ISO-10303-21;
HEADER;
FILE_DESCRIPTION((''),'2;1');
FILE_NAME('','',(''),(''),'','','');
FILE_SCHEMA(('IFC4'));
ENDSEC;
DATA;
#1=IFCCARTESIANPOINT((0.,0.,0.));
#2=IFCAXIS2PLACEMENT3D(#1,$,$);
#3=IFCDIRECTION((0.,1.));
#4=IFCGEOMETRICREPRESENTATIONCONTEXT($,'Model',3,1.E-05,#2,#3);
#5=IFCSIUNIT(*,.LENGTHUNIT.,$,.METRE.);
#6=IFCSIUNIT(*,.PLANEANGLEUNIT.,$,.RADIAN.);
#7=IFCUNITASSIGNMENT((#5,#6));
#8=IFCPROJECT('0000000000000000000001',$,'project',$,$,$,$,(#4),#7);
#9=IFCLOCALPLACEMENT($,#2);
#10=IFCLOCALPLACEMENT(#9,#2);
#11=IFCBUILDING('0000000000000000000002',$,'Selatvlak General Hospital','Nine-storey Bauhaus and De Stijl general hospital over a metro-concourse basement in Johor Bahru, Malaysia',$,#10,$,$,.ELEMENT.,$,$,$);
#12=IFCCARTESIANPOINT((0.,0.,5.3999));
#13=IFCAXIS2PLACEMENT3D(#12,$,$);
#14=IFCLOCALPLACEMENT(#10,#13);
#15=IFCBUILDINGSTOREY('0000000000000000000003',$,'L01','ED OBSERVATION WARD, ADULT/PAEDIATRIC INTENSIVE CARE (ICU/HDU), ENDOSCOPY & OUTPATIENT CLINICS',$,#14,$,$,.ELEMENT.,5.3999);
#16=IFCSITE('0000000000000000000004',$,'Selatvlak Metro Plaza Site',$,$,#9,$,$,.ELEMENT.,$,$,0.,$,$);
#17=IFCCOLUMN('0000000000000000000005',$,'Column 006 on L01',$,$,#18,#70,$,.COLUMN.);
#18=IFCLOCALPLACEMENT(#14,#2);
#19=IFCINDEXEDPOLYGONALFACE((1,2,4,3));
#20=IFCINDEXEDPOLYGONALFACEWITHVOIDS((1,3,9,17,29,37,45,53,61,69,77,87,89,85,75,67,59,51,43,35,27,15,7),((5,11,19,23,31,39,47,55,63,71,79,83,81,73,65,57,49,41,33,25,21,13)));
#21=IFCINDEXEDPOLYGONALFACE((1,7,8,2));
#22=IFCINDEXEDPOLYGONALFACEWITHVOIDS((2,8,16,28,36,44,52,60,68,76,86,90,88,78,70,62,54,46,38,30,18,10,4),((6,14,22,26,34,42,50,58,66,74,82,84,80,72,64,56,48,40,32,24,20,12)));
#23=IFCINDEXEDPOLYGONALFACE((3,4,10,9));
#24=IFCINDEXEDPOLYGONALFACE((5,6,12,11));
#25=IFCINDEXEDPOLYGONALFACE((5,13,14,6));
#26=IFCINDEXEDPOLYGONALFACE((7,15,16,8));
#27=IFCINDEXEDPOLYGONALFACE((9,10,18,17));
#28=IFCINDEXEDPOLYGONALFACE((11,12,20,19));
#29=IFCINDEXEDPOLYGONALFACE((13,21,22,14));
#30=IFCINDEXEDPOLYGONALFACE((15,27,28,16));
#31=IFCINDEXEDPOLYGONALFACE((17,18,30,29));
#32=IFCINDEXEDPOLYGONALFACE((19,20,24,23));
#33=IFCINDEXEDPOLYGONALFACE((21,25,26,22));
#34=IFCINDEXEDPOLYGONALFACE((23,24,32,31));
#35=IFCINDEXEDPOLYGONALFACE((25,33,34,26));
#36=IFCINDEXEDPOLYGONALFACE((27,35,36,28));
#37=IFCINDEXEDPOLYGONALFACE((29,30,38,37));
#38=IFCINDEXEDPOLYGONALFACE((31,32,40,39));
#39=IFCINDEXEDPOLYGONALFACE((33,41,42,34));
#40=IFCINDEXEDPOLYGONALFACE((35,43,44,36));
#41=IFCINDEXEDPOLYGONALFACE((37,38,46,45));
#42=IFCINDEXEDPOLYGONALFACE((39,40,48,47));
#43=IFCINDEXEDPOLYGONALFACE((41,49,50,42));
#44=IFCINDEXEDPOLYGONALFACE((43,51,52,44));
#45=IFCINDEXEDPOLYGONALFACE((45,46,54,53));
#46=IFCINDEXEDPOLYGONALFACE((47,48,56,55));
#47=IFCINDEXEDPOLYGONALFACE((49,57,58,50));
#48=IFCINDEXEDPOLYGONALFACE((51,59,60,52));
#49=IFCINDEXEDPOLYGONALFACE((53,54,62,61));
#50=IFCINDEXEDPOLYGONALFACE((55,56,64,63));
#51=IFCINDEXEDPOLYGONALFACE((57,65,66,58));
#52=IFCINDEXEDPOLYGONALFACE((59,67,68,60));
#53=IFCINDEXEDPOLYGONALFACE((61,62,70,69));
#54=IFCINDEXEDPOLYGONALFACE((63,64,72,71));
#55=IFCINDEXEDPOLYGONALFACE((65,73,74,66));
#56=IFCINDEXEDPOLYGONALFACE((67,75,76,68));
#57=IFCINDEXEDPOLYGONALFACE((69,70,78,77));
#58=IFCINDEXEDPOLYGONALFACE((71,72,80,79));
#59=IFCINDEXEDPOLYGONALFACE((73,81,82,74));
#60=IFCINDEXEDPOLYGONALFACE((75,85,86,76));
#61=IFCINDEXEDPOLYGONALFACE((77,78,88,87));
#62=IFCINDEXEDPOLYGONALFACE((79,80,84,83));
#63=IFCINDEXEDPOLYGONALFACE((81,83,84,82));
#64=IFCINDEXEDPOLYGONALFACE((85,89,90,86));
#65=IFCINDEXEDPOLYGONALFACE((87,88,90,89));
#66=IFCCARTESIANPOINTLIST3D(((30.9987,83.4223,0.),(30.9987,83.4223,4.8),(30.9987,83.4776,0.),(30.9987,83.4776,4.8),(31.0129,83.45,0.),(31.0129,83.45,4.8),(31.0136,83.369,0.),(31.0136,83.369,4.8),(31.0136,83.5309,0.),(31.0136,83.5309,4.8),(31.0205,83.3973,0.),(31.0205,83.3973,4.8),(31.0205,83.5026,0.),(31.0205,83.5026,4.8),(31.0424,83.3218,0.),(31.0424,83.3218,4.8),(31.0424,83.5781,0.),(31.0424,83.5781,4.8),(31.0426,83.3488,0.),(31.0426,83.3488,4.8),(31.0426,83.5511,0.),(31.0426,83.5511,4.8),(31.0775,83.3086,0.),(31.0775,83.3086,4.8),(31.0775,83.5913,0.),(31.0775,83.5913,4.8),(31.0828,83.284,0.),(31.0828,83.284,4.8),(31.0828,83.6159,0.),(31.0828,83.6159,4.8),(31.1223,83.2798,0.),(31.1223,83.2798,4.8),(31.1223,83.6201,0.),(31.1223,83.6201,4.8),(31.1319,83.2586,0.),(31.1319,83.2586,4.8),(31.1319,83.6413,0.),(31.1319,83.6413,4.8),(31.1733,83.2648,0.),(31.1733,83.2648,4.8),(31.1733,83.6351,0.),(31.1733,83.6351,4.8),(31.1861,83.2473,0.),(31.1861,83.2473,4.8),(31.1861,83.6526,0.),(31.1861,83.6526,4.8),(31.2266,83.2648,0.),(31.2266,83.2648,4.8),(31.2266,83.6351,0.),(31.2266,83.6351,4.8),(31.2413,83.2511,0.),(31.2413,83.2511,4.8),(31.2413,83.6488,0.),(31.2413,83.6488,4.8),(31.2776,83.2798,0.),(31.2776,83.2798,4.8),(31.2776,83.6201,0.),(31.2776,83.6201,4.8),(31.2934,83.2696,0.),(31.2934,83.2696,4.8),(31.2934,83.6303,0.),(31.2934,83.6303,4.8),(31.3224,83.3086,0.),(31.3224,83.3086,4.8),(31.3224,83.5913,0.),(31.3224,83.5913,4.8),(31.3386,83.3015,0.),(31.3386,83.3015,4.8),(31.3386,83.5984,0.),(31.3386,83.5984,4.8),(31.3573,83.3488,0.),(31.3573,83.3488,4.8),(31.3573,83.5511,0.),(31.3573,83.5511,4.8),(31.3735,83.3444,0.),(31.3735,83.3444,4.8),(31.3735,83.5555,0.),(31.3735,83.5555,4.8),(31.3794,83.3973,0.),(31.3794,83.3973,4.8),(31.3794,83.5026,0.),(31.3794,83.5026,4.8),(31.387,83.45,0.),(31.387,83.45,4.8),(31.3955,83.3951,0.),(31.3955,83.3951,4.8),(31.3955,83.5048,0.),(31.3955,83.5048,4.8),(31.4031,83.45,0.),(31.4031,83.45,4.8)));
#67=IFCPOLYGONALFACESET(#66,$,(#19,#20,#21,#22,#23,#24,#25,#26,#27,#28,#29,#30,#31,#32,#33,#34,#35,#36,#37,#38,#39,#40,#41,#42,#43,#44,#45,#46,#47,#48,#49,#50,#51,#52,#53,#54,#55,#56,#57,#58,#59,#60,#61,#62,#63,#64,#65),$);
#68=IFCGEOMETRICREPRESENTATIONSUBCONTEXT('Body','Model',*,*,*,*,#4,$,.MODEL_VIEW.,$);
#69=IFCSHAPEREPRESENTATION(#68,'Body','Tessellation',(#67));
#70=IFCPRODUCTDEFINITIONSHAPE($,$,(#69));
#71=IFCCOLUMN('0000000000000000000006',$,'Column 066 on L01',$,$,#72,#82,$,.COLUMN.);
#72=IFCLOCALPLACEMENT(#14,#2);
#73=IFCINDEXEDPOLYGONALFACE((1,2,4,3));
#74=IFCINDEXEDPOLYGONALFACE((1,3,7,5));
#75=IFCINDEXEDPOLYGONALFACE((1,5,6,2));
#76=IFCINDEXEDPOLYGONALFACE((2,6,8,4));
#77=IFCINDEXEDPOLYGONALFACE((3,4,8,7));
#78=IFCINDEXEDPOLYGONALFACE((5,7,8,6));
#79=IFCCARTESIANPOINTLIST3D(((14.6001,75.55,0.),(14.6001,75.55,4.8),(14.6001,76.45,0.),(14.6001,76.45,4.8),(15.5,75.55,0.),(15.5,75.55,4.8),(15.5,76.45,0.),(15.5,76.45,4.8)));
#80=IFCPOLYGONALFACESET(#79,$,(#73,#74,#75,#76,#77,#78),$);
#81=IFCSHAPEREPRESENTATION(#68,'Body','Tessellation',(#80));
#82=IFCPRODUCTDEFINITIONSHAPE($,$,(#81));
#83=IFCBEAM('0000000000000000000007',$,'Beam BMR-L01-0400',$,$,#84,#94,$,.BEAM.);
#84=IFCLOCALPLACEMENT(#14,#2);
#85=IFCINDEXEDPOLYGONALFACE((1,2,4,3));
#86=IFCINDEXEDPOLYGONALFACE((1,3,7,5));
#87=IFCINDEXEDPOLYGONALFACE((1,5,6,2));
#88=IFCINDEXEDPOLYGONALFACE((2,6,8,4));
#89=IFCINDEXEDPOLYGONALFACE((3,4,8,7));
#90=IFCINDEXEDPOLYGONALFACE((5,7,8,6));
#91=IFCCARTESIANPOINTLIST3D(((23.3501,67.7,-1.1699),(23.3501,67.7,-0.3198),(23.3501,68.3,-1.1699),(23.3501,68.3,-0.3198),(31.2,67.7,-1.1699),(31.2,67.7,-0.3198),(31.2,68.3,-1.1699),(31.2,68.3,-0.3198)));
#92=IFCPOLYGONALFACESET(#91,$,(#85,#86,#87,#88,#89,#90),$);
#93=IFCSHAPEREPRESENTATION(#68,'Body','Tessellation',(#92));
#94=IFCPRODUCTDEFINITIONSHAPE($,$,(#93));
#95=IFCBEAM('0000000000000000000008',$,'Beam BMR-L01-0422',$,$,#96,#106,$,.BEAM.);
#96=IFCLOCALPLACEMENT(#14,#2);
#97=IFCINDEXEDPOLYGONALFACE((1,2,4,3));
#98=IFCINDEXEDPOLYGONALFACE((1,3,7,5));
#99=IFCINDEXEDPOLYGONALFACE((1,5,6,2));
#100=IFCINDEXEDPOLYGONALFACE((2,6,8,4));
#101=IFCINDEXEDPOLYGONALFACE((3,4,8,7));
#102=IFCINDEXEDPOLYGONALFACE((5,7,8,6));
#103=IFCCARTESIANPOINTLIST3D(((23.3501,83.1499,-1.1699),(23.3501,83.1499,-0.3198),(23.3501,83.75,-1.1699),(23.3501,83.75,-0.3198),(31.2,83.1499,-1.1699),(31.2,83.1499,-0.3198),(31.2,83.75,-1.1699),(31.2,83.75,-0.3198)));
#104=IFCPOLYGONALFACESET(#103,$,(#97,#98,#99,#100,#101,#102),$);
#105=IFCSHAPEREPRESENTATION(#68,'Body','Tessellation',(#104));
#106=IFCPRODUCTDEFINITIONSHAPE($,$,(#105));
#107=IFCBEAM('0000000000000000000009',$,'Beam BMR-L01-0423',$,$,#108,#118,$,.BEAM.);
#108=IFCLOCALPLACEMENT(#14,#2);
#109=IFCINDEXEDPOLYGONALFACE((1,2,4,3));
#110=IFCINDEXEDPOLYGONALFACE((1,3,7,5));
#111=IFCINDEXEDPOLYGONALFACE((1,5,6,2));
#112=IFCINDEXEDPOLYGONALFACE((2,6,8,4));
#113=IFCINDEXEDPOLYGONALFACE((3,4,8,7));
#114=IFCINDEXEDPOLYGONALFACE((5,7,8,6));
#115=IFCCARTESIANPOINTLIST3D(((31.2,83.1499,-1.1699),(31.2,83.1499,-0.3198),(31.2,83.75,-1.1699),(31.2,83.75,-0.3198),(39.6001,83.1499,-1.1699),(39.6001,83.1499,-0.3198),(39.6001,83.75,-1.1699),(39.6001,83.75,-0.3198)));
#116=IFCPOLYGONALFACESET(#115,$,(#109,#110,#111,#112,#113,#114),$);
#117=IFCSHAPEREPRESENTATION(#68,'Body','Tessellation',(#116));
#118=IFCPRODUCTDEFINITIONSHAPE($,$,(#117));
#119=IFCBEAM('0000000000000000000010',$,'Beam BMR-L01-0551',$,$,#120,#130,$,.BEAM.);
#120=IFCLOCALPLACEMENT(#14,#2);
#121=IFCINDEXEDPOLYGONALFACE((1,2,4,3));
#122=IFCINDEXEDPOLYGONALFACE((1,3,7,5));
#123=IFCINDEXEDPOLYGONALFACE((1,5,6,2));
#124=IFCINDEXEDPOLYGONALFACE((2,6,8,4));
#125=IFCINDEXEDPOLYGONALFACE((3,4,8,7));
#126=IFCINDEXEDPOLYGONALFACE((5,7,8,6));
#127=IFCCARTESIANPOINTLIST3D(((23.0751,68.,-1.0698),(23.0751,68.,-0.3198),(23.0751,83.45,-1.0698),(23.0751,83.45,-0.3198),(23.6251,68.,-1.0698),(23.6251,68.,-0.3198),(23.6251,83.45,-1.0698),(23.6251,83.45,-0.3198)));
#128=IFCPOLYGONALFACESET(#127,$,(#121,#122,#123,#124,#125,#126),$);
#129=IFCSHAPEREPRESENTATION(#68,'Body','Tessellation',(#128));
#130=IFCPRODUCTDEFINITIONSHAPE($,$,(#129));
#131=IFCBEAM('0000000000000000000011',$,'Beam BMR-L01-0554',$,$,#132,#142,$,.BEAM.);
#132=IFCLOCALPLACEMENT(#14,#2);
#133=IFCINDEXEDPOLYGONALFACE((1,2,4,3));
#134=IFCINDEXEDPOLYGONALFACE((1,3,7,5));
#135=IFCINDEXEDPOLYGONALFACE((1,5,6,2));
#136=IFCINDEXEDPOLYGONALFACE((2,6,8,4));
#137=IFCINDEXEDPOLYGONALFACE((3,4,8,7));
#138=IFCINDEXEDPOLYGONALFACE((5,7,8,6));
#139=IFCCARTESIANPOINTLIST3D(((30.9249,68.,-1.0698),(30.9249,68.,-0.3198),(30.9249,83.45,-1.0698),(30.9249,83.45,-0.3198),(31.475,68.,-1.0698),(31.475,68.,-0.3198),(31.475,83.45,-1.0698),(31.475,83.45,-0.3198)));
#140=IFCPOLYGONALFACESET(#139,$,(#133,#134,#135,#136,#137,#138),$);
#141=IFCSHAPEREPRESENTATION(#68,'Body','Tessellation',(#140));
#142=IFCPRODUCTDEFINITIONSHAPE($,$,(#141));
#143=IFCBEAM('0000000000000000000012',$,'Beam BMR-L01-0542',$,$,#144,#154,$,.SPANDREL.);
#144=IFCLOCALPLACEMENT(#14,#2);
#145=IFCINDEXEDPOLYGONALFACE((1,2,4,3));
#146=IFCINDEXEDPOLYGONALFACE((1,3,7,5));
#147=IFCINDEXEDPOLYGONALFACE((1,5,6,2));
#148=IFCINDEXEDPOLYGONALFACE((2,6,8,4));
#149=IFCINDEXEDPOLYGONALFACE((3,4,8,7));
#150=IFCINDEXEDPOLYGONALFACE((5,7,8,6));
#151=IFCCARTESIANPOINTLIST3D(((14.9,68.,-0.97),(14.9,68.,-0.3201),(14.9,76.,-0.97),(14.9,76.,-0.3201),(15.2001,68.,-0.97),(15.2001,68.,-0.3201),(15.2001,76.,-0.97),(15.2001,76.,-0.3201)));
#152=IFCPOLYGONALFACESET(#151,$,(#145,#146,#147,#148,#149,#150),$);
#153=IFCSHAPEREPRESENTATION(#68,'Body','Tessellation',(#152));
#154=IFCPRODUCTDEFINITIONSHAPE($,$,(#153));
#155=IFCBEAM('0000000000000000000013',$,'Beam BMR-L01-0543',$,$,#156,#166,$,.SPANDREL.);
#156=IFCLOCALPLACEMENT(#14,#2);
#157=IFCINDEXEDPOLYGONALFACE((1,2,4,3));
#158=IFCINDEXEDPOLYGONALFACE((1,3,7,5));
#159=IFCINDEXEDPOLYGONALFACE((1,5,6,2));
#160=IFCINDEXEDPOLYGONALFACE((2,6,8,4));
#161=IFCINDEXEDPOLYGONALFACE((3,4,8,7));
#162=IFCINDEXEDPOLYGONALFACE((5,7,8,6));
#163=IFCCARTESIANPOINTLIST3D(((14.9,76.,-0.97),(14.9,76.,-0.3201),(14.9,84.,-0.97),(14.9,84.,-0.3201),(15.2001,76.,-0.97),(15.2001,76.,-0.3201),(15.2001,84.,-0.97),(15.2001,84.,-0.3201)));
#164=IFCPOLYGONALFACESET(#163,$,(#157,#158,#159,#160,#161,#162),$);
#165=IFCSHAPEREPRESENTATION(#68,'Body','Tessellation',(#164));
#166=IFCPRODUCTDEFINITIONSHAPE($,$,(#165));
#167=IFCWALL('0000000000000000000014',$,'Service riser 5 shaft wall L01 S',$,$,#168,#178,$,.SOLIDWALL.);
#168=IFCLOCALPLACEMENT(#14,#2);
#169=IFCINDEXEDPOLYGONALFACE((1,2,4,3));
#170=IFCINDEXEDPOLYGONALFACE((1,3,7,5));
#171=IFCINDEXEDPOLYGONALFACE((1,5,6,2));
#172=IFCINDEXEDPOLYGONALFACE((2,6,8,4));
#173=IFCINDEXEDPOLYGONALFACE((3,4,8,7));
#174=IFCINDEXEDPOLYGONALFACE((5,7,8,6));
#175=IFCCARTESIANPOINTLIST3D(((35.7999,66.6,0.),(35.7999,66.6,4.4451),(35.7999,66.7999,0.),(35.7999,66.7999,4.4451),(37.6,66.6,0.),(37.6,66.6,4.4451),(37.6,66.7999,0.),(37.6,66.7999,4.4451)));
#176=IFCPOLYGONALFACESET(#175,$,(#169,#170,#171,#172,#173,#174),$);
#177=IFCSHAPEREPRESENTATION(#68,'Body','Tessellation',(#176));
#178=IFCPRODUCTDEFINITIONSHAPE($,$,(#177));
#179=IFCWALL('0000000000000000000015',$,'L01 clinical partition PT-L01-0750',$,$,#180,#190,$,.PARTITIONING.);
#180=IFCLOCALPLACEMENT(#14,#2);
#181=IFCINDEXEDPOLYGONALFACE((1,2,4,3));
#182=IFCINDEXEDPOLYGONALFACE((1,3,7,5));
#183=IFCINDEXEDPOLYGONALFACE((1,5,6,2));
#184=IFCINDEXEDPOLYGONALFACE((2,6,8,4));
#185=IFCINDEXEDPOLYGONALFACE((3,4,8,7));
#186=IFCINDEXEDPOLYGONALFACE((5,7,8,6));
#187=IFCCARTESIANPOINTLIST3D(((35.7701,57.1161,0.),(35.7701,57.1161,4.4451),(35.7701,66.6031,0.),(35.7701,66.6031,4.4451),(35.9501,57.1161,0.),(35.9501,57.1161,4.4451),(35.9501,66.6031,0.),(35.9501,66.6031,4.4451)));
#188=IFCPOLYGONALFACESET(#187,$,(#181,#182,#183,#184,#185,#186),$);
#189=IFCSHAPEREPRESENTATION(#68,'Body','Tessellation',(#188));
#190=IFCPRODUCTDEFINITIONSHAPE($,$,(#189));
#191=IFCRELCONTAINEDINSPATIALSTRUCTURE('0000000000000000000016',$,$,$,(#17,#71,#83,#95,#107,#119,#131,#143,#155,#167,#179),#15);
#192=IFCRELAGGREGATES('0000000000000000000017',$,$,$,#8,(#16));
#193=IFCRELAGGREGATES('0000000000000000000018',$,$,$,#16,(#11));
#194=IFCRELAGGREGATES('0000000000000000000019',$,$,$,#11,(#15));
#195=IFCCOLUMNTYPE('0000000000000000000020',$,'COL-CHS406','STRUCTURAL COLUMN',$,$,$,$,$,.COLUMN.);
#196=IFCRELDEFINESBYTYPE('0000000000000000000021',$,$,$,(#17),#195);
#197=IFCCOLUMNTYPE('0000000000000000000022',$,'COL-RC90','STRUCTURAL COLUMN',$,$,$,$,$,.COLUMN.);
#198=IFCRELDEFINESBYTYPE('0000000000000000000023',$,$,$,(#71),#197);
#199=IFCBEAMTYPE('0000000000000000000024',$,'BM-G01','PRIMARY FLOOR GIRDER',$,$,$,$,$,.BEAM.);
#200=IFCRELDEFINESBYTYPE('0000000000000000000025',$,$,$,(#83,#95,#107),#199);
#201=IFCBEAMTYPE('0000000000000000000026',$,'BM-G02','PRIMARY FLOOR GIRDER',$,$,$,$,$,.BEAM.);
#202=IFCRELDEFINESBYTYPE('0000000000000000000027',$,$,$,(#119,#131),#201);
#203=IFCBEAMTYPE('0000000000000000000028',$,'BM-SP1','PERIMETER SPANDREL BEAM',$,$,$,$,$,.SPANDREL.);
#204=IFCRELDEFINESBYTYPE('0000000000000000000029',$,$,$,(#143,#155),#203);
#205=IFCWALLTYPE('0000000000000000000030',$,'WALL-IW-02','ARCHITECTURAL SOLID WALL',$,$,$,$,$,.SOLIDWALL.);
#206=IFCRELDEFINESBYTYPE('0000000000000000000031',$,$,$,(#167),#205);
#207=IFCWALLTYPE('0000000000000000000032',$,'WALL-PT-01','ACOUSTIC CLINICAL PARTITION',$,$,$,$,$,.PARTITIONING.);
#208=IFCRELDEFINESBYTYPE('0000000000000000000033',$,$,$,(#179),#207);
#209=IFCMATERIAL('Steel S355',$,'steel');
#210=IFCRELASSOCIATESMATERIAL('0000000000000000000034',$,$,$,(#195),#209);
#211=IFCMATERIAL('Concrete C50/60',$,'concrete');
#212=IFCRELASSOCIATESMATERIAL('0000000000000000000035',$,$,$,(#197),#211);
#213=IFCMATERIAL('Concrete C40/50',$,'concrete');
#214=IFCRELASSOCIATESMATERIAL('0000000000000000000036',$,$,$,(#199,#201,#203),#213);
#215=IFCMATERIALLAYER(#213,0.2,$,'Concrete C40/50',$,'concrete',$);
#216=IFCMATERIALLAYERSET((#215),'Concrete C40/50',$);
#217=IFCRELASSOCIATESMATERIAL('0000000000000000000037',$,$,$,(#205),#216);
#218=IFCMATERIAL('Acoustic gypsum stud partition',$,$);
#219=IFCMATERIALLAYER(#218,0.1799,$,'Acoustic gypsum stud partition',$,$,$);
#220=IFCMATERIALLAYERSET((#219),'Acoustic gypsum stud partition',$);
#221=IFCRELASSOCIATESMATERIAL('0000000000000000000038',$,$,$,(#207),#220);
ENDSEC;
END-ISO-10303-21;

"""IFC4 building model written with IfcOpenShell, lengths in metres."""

from ifc_helpers import new_model, si_unit, direction, frame, frame_2d, origin, origin_2d, place, context, subcontext, project, spatial, rectangle, hollow_circle, extrude, material, layer, layer_set, material_profile, profile_set, type_object, element, save


model = new_model("IFC4")

# Units and contexts
model_context = context("Model", 3, precision=1e-05, world=origin(), true_north=direction((0.0, 1.0)))
body_context = subcontext(model_context, "Body", "Model", "MODEL_VIEW")
ifc_project = project(units=[si_unit("LENGTHUNIT", "METRE"), si_unit("PLANEANGLEUNIT", "RADIAN")], contexts=[model_context])

# Site, building, storey
site_placement = place(None, origin())
site = spatial("IfcSite", under=ifc_project, at=site_placement, Name="Selatvlak Metro Plaza Site", CompositionType="ELEMENT", RefElevation=0.0)
building_placement = place(site_placement, origin())
building = spatial("IfcBuilding", under=site, at=building_placement, Name="Selatvlak General Hospital", Description="Nine-storey Bauhaus and De Stijl general hospital over a metro-concourse basement in Johor Bahru, Malaysia", CompositionType="ELEMENT")
storey_placement = place(building_placement, frame((0.0, 0.0, 5.3999)))
storey = spatial("IfcBuildingStorey", under=building, at=storey_placement, Name="L01", Description="ED OBSERVATION WARD, ADULT/PAEDIATRIC INTENSIVE CARE (ICU/HDU), ENDOSCOPY & OUTPATIENT CLINICS", CompositionType="ELEMENT", Elevation=5.3999)

# Columns
ifc_material_1 = material(Name="Steel S355", Category="steel")
ifc_material_profile_1 = material_profile(ifc_material_1, hollow_circle(Radius=0.2031, WallThickness=0.0161, at=origin_2d()), Name="CHS 406.4x16")
ifc_profile_set_1 = profile_set([ifc_material_profile_1], Name="Steel S355")
column_type_1 = type_object("IfcColumnType", Name="COL-CHS406", Description="STRUCTURAL COLUMN", PredefinedType="COLUMN", material=ifc_profile_set_1)
for number, where, z_axis, x_axis, name in (
    (1, (31.2, 83.45, 0.0), (0.0, 0.0, 1.0), (1.0, 0.0, 0.0), "Column 006 on L01"),
):
    element("IfcColumn", number, at=place(storey_placement, frame(where, z_axis=z_axis, x_axis=x_axis)), inside=storey, type_object=column_type_1, Name=name, PredefinedType="COLUMN", context=body_context, shape_type="SweptSolid", body=[
        extrude(hollow_circle(Radius=0.2031, WallThickness=0.0161, at=origin_2d()), origin(), (0.0, 0.0, 1.0), 4.8),
    ])
ifc_material_2 = material(Name="Concrete C50/60", Category="concrete")
ifc_material_profile_2 = material_profile(ifc_material_2, rectangle(XDim=0.8999, YDim=0.8999, at=origin_2d()), Name="RC-COL 900x900")
ifc_profile_set_2 = profile_set([ifc_material_profile_2], Name="Concrete C50/60")
column_type_2 = type_object("IfcColumnType", Name="COL-RC90", Description="STRUCTURAL COLUMN", PredefinedType="COLUMN", material=ifc_profile_set_2)
column_placement = place(storey_placement, frame((15.05, 76.0, 0.0), z_axis=(0.0, 0.0, 1.0), x_axis=(1.0, 0.0, 0.0)))
element("IfcColumn", 2, at=column_placement, inside=storey, type_object=column_type_2, Name="Column 066 on L01", PredefinedType="COLUMN", context=body_context, shape_type="SweptSolid", body=[
    extrude(rectangle(XDim=0.8999, YDim=0.8999, at=origin_2d()), origin(), (0.0, 0.0, 1.0), 4.8),
])

# Beams
ifc_material_3 = material(Name="Concrete C40/50", Category="concrete")
ifc_material_profile_3 = material_profile(ifc_material_3, rectangle(XDim=0.6001, YDim=0.8501, at=origin_2d()), Name="RC-BM 600x850")
ifc_profile_set_3 = profile_set([ifc_material_profile_3], Name="Concrete C40/50")
beam_type_1 = type_object("IfcBeamType", Name="BM-G01", Description="PRIMARY FLOOR GIRDER", PredefinedType="BEAM", material=ifc_profile_set_3)
for number, where, z_axis, x_axis, name in (
    (3, (23.3501, 68.0, -0.7449), (1.0, 0.0, 0.0), (0.0, 1.0, 0.0), "Beam BMR-L01-0400"),
    (4, (23.3501, 83.45, -0.7449), (1.0, 0.0, 0.0), (0.0, 1.0, 0.0), "Beam BMR-L01-0422"),
):
    element("IfcBeam", number, at=place(storey_placement, frame(where, z_axis=z_axis, x_axis=x_axis)), inside=storey, type_object=beam_type_1, Name=name, PredefinedType="BEAM", context=body_context, shape_type="SweptSolid", body=[
        extrude(rectangle(XDim=0.6001, YDim=0.8501, at=origin_2d()), origin(), (0.0, 0.0, 1.0), 7.8499),
    ])
beam_placement = place(storey_placement, frame((31.2, 83.45, -0.7449), z_axis=(1.0, 0.0, 0.0), x_axis=(0.0, 1.0, 0.0)))
element("IfcBeam", 5, at=beam_placement, inside=storey, type_object=beam_type_1, Name="Beam BMR-L01-0423", PredefinedType="BEAM", context=body_context, shape_type="SweptSolid", body=[
    extrude(rectangle(XDim=0.6001, YDim=0.8501, at=origin_2d()), origin(), (0.0, 0.0, 1.0), 8.4001),
])
ifc_material_profile_4 = material_profile(ifc_material_3, rectangle(XDim=0.55, YDim=0.75, at=origin_2d()), Name="RC-BM 550x750")
ifc_profile_set_4 = profile_set([ifc_material_profile_4], Name="Concrete C40/50")
beam_type_2 = type_object("IfcBeamType", Name="BM-G02", Description="PRIMARY FLOOR GIRDER", PredefinedType="BEAM", material=ifc_profile_set_4)
for number, where, z_axis, x_axis, name in (
    (6, (23.3501, 68.0, -0.6948), (0.0, 1.0, 0.0), (-1.0, 0.0, 0.0), "Beam BMR-L01-0551"),
    (7, (31.2, 68.0, -0.6948), (0.0, 1.0, 0.0), (-1.0, 0.0, 0.0), "Beam BMR-L01-0554"),
):
    element("IfcBeam", number, at=place(storey_placement, frame(where, z_axis=z_axis, x_axis=x_axis)), inside=storey, type_object=beam_type_2, Name=name, PredefinedType="BEAM", context=body_context, shape_type="SweptSolid", body=[
        extrude(rectangle(XDim=0.55, YDim=0.75, at=origin_2d()), origin(), (0.0, 0.0, 1.0), 15.45),
    ])
ifc_material_profile_5 = material_profile(ifc_material_3, rectangle(XDim=0.3, YDim=0.6499, at=origin_2d()), Name="RC-SP 300x650")
ifc_profile_set_5 = profile_set([ifc_material_profile_5], Name="Concrete C40/50")
beam_type_3 = type_object("IfcBeamType", Name="BM-SP1", Description="PERIMETER SPANDREL BEAM", PredefinedType="SPANDREL", material=ifc_profile_set_5)
for number, where, z_axis, x_axis, name in (
    (8, (15.05, 68.0, -0.645), (0.0, 1.0, 0.0), (-1.0, 0.0, 0.0), "Beam BMR-L01-0542"),
    (9, (15.05, 76.0, -0.645), (0.0, 1.0, 0.0), (-1.0, 0.0, 0.0), "Beam BMR-L01-0543"),
):
    element("IfcBeam", number, at=place(storey_placement, frame(where, z_axis=z_axis, x_axis=x_axis)), inside=storey, type_object=beam_type_3, Name=name, PredefinedType="SPANDREL", context=body_context, shape_type="SweptSolid", body=[
        extrude(rectangle(XDim=0.3, YDim=0.6499, at=origin_2d()), origin(), (0.0, 0.0, 1.0), 8.0),
    ])

# Walls
ifc_layer_1 = layer(ifc_material_3, 0.2, Name="Concrete C40/50", Category="concrete")
ifc_layer_set_1 = layer_set([ifc_layer_1], Name="Concrete C40/50")
wall_type_1 = type_object("IfcWallType", Name="WALL-IW-02", Description="ARCHITECTURAL SOLID WALL", PredefinedType="SOLIDWALL", material=ifc_layer_set_1)
wall_1_placement = place(storey_placement, frame((35.8, 66.7, 0.0), z_axis=(0.0, 0.0, 1.0), x_axis=(1.0, 0.0, 0.0)))
element("IfcWall", 10, at=wall_1_placement, inside=storey, type_object=wall_type_1, Name="Service riser 5 shaft wall L01 S", PredefinedType="SOLIDWALL", context=body_context, shape_type="SweptSolid", body=[
    extrude(rectangle(XDim=1.8, YDim=0.2, at=frame_2d((0.8999, 0.0))), origin(), (0.0, 0.0, 1.0), 4.4451),
])
ifc_material_4 = material(Name="Acoustic gypsum stud partition")
ifc_layer_2 = layer(ifc_material_4, 0.1799, Name="Acoustic gypsum stud partition")
ifc_layer_set_2 = layer_set([ifc_layer_2], Name="Acoustic gypsum stud partition")
wall_type_2 = type_object("IfcWallType", Name="WALL-PT-01", Description="ACOUSTIC CLINICAL PARTITION", PredefinedType="PARTITIONING", material=ifc_layer_set_2)
wall_2_placement = place(storey_placement, frame((35.8601, 57.116, 0.0), z_axis=(0.0, 0.0, 1.0), x_axis=(0.0, 1.0, 0.0)))
element("IfcWall", 11, at=wall_2_placement, inside=storey, type_object=wall_type_2, Name="L01 clinical partition PT-L01-0750", PredefinedType="PARTITIONING", context=body_context, shape_type="SweptSolid", body=[
    extrude(rectangle(XDim=9.4871, YDim=0.1799, at=frame_2d((4.7437, 0.0))), origin(), (0.0, 0.0, 1.0), 4.4451),
])

save(model, "model.ifc")
